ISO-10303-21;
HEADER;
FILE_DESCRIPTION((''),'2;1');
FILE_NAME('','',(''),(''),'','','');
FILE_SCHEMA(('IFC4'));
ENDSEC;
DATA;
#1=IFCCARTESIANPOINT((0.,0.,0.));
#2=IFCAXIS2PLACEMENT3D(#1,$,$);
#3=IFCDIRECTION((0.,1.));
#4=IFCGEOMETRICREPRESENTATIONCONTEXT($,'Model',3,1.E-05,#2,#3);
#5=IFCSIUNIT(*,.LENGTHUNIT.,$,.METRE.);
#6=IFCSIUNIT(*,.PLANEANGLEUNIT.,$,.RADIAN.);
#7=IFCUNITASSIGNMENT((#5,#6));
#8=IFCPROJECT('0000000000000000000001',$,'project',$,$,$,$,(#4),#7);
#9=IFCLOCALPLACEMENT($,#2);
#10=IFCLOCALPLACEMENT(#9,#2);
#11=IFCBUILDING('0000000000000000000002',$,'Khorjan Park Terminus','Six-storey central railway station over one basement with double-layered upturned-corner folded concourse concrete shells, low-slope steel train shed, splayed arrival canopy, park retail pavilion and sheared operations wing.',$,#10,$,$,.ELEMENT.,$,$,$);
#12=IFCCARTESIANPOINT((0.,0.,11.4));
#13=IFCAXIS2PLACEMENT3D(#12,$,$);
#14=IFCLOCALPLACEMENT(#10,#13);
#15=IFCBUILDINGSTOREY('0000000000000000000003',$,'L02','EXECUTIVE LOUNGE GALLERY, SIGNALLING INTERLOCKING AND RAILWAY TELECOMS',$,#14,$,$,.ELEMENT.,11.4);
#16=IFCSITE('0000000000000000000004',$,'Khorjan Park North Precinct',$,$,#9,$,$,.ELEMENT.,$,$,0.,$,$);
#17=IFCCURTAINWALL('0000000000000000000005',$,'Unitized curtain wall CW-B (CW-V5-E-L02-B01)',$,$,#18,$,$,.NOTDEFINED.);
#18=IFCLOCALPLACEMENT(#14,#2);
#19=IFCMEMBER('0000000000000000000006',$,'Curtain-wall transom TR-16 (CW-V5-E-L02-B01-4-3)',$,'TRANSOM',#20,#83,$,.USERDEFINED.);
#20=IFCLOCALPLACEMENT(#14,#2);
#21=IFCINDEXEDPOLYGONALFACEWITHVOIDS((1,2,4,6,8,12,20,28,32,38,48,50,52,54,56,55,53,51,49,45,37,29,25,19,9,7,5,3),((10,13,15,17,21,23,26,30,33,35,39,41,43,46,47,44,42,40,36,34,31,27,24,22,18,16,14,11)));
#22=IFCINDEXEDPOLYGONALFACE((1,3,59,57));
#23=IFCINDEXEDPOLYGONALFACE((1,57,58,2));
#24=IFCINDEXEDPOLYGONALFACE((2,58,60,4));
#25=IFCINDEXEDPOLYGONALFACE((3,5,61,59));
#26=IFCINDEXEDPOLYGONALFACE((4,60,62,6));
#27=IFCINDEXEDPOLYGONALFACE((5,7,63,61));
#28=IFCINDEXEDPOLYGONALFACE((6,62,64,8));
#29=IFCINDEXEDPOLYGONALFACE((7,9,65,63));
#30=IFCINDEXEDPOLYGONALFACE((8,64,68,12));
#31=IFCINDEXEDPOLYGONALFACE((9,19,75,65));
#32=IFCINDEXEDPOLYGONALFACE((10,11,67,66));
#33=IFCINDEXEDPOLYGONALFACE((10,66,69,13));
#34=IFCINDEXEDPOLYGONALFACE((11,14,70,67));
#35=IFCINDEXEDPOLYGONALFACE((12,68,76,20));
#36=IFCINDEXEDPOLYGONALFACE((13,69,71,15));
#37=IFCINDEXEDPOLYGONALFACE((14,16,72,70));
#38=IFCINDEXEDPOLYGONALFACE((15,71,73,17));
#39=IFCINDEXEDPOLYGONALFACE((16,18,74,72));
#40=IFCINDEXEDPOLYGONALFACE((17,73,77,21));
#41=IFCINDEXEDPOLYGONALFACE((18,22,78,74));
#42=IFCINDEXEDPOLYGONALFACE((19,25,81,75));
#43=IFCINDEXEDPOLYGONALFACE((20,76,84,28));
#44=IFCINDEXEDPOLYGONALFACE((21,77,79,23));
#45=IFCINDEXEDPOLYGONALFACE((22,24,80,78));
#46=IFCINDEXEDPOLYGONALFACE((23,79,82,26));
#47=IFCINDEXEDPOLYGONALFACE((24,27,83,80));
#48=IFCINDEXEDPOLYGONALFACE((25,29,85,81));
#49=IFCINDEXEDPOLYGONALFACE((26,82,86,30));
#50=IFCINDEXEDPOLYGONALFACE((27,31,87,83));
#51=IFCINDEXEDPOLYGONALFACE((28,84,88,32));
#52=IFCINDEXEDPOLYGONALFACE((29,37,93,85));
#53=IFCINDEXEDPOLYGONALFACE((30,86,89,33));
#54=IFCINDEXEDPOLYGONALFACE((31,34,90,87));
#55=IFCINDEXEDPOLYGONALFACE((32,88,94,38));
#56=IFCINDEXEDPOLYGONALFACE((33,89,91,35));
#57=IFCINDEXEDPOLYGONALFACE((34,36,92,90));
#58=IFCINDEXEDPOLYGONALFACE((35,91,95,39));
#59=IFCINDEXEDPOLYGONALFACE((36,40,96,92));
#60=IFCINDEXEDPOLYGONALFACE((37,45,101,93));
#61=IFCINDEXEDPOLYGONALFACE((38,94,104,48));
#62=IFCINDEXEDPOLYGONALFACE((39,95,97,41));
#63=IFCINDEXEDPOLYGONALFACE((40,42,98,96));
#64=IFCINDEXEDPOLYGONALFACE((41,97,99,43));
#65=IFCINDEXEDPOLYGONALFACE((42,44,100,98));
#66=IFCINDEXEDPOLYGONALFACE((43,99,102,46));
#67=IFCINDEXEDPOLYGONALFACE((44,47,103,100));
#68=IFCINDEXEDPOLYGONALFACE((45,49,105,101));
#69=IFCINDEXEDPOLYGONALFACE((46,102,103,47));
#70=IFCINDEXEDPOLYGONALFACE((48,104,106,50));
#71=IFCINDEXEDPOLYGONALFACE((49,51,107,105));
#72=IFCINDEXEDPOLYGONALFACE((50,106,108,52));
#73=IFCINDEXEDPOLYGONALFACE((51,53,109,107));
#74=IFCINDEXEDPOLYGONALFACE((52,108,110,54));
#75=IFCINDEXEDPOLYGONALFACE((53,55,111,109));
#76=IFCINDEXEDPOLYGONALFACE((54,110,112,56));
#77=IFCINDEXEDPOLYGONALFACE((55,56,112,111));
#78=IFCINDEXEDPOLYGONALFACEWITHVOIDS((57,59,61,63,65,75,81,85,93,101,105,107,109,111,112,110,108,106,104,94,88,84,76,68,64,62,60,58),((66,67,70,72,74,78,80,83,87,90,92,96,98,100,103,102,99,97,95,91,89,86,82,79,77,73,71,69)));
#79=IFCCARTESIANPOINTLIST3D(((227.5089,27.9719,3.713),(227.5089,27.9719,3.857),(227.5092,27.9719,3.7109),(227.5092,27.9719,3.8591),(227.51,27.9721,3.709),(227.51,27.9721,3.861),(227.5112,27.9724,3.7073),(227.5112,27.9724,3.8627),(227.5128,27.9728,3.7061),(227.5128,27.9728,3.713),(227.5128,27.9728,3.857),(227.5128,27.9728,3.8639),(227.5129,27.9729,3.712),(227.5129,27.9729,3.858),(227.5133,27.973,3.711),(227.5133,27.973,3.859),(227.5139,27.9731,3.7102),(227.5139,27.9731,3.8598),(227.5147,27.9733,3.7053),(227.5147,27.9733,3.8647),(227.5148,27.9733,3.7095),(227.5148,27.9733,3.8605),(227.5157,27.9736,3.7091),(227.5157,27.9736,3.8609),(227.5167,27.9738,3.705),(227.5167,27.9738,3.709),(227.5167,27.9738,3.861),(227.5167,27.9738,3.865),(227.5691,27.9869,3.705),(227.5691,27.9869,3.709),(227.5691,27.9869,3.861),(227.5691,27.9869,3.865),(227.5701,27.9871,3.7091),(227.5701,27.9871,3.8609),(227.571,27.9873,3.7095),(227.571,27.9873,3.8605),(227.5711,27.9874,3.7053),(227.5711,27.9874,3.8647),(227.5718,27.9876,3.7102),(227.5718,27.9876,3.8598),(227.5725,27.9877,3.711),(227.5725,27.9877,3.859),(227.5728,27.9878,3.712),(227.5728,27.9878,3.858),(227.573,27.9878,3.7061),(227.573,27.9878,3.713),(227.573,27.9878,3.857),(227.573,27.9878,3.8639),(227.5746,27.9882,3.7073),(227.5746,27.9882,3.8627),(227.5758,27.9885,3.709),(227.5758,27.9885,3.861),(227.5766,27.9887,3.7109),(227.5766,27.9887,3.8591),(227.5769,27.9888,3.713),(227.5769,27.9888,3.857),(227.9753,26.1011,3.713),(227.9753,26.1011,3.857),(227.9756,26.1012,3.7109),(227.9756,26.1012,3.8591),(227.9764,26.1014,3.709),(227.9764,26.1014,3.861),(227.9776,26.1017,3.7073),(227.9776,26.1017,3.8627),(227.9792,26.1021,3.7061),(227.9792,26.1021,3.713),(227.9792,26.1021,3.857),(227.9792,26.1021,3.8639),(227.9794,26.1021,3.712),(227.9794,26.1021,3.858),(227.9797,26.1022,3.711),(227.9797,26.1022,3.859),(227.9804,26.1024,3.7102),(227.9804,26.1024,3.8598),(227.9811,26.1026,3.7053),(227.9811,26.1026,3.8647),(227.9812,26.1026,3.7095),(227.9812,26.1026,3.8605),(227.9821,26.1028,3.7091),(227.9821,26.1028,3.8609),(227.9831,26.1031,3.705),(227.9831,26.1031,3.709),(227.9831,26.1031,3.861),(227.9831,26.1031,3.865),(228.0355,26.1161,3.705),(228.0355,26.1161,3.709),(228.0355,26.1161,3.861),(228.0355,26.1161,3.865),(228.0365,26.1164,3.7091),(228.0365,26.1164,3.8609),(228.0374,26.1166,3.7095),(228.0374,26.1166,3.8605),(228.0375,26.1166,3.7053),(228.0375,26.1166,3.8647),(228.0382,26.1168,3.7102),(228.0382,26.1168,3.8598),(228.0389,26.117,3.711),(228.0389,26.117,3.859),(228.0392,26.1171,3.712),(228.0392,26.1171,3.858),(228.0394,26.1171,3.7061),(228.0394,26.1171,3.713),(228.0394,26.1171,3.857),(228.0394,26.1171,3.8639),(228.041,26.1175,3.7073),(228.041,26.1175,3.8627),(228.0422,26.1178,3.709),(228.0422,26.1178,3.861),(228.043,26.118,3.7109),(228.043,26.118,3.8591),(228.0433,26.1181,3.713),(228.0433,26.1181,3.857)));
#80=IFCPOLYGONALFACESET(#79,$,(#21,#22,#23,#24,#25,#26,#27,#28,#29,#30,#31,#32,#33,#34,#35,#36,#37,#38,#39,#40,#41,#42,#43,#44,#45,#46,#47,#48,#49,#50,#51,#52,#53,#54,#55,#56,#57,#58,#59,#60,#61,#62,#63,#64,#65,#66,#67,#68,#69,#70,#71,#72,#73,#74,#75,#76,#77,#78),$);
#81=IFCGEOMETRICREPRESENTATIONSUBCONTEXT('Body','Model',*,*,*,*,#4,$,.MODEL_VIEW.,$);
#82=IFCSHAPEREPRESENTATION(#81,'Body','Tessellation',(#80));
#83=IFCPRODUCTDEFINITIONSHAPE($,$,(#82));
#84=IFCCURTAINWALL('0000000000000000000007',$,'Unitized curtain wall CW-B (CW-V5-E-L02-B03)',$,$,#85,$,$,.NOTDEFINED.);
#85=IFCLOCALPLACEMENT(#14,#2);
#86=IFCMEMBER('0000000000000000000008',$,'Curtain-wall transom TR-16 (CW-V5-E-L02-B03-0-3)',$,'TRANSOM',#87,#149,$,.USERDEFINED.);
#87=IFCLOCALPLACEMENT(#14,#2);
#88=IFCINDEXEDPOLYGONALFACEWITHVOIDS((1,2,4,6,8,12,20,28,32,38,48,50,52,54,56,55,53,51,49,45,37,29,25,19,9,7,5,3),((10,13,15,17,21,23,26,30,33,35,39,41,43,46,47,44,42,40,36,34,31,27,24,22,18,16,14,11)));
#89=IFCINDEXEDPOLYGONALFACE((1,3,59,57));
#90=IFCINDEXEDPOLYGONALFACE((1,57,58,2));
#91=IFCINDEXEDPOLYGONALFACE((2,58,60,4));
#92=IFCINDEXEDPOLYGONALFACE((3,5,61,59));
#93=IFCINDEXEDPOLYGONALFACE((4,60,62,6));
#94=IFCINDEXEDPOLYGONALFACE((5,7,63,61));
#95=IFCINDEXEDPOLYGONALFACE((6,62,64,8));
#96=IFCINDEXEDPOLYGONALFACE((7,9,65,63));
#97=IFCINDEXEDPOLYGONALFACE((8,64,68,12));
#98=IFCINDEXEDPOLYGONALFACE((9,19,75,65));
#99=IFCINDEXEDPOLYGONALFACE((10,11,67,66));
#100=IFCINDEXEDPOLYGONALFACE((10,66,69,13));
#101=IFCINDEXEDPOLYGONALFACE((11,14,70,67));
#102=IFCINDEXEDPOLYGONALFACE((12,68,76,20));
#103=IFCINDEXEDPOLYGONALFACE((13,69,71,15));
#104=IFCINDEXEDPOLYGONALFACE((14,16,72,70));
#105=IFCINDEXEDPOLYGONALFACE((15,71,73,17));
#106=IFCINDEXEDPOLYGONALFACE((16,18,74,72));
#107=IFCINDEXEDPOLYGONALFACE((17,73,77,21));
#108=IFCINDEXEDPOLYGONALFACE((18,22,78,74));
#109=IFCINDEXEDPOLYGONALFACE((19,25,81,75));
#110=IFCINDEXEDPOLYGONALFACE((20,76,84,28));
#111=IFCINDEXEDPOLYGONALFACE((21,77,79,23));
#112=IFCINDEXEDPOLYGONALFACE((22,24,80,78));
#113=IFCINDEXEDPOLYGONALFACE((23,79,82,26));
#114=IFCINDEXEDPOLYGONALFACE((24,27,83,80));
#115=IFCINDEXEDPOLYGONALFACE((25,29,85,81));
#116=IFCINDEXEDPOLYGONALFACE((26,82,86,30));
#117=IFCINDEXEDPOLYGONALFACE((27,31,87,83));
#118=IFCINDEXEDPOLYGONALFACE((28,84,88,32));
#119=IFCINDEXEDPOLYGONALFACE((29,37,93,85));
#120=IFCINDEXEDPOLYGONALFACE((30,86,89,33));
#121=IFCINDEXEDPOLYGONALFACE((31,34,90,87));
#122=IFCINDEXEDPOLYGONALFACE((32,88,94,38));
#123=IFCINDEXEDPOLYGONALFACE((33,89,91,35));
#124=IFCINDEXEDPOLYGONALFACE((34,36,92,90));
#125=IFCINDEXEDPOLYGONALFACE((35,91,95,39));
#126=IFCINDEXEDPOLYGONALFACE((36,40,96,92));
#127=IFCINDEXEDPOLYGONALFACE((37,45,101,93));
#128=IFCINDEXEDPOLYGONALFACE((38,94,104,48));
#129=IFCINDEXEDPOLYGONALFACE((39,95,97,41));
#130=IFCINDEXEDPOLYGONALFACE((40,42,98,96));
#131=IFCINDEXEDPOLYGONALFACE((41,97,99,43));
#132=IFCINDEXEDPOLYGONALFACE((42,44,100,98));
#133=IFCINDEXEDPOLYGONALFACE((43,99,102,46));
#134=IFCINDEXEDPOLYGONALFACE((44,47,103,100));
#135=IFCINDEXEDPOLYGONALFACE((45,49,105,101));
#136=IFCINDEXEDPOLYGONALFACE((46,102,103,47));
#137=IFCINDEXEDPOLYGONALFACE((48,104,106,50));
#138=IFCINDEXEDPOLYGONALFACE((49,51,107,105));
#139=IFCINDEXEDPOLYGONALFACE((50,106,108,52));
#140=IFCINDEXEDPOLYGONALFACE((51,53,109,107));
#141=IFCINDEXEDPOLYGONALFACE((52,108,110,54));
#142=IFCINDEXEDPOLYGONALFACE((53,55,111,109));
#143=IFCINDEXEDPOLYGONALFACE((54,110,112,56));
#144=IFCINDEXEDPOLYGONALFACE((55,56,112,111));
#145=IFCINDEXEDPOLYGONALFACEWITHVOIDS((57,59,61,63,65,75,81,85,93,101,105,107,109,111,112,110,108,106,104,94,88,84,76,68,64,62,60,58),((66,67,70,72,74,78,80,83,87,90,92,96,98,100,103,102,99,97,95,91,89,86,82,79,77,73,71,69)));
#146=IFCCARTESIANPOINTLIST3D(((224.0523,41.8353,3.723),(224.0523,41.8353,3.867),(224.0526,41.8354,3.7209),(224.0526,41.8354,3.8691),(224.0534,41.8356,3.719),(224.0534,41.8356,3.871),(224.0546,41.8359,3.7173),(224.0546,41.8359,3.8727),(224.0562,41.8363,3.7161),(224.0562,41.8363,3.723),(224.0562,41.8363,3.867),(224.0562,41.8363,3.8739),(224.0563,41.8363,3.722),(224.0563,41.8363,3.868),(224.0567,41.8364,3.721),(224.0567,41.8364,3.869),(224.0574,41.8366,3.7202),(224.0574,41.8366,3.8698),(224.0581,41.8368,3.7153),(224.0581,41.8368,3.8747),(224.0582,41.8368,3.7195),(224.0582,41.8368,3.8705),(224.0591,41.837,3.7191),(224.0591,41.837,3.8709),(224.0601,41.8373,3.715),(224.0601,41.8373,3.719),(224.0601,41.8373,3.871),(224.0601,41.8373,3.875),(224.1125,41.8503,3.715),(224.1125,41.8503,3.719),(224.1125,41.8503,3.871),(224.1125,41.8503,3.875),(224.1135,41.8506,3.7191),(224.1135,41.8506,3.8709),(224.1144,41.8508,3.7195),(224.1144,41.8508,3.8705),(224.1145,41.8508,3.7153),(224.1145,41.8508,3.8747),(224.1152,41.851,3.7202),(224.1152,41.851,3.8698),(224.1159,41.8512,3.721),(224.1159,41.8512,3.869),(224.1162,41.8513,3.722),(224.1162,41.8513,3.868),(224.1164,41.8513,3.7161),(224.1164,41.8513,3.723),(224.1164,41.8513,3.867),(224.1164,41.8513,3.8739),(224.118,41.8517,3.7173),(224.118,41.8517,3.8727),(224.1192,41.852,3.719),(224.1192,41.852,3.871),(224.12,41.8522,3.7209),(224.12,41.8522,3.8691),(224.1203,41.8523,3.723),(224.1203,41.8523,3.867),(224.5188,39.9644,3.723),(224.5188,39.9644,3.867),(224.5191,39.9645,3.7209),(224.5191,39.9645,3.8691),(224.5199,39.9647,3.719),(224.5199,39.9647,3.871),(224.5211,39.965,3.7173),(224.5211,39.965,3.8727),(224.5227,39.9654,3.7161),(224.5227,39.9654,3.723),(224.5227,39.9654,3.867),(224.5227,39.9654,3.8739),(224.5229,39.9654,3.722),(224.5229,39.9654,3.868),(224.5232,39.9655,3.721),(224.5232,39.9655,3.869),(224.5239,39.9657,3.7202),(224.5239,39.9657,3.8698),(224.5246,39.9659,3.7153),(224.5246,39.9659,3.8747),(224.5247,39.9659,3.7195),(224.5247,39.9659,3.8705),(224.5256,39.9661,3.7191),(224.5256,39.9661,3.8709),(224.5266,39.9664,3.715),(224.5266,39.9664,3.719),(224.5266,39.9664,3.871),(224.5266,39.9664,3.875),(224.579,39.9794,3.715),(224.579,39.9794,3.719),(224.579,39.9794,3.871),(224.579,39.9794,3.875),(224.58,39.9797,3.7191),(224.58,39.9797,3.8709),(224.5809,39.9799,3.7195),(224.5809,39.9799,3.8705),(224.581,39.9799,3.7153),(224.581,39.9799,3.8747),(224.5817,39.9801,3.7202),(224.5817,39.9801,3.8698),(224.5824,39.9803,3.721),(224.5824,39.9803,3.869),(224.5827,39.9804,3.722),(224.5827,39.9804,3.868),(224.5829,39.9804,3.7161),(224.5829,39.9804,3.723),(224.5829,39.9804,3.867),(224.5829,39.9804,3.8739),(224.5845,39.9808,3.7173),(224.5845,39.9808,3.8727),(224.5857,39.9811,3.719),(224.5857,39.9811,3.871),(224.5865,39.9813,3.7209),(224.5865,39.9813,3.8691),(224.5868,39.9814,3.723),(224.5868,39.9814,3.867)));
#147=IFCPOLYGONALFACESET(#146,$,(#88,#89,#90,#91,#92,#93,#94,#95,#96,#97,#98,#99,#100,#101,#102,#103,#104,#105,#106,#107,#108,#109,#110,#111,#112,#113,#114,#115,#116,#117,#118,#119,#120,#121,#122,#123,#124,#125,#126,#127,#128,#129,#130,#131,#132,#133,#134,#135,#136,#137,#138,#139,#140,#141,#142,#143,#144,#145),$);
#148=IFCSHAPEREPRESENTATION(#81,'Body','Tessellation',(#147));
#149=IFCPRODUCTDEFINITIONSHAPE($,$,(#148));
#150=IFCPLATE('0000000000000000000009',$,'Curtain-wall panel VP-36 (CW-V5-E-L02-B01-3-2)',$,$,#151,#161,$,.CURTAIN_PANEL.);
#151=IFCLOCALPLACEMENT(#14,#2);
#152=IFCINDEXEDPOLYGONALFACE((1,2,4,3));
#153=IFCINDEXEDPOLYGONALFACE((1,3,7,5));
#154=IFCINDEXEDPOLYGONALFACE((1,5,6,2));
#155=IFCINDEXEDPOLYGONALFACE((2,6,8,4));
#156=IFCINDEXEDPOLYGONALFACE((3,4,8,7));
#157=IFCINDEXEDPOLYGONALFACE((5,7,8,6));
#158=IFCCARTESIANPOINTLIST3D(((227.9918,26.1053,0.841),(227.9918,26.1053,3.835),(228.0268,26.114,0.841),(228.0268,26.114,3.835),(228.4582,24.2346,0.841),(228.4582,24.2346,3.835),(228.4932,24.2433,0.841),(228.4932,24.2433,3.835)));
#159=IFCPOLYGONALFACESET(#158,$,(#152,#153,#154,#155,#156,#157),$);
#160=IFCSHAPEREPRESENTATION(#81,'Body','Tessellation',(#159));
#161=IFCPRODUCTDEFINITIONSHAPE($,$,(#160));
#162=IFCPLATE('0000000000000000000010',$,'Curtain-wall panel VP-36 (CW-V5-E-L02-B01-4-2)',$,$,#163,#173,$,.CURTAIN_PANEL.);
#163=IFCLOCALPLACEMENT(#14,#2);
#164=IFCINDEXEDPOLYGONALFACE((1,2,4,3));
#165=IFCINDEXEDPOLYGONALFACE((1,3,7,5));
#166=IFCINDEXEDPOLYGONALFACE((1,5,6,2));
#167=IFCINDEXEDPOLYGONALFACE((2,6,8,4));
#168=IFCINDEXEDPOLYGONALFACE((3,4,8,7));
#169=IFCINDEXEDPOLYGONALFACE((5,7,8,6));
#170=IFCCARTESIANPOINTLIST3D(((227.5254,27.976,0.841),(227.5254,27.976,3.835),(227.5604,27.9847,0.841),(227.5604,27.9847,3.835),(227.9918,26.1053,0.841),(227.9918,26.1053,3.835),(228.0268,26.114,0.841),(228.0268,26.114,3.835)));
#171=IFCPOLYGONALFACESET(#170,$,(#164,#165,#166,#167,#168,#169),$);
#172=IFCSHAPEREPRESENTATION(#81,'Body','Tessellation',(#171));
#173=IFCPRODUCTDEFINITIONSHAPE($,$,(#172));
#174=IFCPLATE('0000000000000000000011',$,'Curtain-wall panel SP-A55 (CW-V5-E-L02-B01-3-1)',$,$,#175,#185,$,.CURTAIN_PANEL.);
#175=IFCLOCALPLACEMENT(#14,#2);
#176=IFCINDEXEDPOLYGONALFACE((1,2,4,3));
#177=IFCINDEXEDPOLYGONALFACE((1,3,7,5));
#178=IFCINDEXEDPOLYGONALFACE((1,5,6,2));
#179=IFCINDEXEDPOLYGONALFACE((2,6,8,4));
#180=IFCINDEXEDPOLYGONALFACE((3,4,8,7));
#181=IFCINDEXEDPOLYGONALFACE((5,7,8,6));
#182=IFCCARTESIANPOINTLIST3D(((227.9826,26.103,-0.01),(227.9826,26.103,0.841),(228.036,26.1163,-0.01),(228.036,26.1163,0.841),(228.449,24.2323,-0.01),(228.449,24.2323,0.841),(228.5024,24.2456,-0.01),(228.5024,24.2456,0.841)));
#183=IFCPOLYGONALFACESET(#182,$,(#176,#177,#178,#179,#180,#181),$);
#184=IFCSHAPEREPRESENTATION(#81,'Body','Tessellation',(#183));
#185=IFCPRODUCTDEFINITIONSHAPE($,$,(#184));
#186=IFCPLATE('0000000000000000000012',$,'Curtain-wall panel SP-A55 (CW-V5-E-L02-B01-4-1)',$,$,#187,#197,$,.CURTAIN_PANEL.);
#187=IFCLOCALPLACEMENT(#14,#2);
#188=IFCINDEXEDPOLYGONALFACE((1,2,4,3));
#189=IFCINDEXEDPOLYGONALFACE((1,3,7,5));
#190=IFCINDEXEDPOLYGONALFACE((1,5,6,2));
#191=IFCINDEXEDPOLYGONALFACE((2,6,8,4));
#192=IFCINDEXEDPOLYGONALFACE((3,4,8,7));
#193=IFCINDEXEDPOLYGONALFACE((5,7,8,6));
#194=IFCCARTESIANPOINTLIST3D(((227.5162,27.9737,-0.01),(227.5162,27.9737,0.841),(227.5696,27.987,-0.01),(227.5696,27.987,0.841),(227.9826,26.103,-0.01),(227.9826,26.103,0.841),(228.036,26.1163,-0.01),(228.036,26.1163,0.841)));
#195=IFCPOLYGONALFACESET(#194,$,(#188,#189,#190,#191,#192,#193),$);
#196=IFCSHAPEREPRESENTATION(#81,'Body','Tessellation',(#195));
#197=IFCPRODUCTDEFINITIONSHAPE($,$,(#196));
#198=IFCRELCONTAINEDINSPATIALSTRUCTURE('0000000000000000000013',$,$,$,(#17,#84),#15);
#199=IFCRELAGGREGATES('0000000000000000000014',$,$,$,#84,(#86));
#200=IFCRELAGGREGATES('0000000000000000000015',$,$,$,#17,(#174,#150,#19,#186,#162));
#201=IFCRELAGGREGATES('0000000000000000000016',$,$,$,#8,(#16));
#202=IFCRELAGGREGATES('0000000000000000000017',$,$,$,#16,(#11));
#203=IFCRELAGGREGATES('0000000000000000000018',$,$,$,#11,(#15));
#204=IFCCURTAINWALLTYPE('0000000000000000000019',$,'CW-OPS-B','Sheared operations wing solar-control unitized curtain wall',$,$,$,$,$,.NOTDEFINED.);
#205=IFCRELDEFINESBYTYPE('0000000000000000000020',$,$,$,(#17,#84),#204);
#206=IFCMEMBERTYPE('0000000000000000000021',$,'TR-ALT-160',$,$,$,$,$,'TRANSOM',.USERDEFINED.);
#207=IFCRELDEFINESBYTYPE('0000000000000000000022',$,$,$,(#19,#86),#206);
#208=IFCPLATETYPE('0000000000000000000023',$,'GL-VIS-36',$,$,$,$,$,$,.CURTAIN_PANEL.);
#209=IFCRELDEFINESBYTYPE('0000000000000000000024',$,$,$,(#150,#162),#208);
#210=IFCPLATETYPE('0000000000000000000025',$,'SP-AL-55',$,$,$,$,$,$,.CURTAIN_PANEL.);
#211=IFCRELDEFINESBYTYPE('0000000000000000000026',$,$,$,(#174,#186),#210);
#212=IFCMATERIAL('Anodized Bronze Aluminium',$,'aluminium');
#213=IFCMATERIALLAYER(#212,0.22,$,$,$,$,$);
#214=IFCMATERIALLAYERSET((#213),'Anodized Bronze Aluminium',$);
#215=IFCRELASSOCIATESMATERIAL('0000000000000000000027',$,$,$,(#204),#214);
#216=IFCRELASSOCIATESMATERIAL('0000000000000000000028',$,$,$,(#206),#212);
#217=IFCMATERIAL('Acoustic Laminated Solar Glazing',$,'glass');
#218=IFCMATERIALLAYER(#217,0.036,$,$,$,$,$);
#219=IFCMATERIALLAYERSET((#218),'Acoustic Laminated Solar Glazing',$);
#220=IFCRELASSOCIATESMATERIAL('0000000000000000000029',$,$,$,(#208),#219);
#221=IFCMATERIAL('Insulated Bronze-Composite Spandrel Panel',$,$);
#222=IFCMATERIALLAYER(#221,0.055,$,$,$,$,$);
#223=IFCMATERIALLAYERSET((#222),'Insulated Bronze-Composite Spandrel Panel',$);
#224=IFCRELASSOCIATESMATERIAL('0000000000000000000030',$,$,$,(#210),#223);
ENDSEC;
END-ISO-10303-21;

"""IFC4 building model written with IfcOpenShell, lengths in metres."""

from ifc_helpers import new_model, si_unit, direction, frame, origin, origin_2d, place, context, subcontext, project, spatial, rectangle, hollow_rectangle, extrude, material, layer, layer_set, material_profile, profile_set, type_object, element, aggregate, save


model = new_model("IFC4")

# Units and contexts
model_context = context("Model", 3, precision=1e-05, world=origin(), true_north=direction((0.0, 1.0)))
body_context = subcontext(model_context, "Body", "Model", "MODEL_VIEW")
ifc_project = project(units=[si_unit("LENGTHUNIT", "METRE"), si_unit("PLANEANGLEUNIT", "RADIAN")], contexts=[model_context])

# Site, building, storey
site_placement = place(None, origin())
site = spatial("IfcSite", under=ifc_project, at=site_placement, Name="Khorjan Park North Precinct", CompositionType="ELEMENT", RefElevation=0.0)
building_placement = place(site_placement, origin())
building = spatial("IfcBuilding", under=site, at=building_placement, Name="Khorjan Park Terminus", Description="Six-storey central railway station over one basement with double-layered upturned-corner folded concourse concrete shells, low-slope steel train shed, splayed arrival canopy, park retail pavilion and sheared operations wing.", CompositionType="ELEMENT")
storey_placement = place(building_placement, frame((0.0, 0.0, 11.4)))
storey = spatial("IfcBuildingStorey", under=building, at=storey_placement, Name="L02", Description="EXECUTIVE LOUNGE GALLERY, SIGNALLING INTERLOCKING AND RAILWAY TELECOMS", CompositionType="ELEMENT", Elevation=11.4)

# Curtain wall, member
ifc_material_1 = material(Name="Anodized Bronze Aluminium", Category="aluminium")
ifc_layer_1 = layer(ifc_material_1, 0.22)
ifc_layer_set_1 = layer_set([ifc_layer_1], Name="Anodized Bronze Aluminium")
curtain_wall_type = type_object("IfcCurtainWallType", Name="CW-OPS-B", Description="Sheared operations wing solar-control unitized curtain wall", PredefinedType="NOTDEFINED", material=ifc_layer_set_1)
curtain_wall_1_placement = place(storey_placement, origin())
curtain_wall_1 = element("IfcCurtainWall", 1, at=curtain_wall_1_placement, inside=storey, type_object=curtain_wall_type, Name="Unitized curtain wall CW-B (CW-V5-E-L02-B01)", PredefinedType="NOTDEFINED")
ifc_material_profile_1 = material_profile(ifc_material_1, hollow_rectangle(XDim=0.07, YDim=0.16, WallThickness=0.004, InnerFilletRadius=0.004, OuterFilletRadius=0.008, at=origin_2d()), Name="ALT 70x160x4")
ifc_profile_set_1 = profile_set([ifc_material_profile_1], Name="Anodized Bronze Aluminium")
member_type_1 = type_object("IfcMemberType", Name="TR-ALT-160", ElementType="TRANSOM", PredefinedType="USERDEFINED", material=ifc_profile_set_1)
member_1_placement = place(storey_placement, frame((228.0093, 26.1096, 3.785), z_axis=(-0.241913, 0.970298, 0.0), x_axis=(-0.970298, -0.241913, 0.0)))
member_1 = element("IfcMember", 2, at=member_1_placement, type_object=member_type_1, Name="Curtain-wall transom TR-16 (CW-V5-E-L02-B01-4-3)", ObjectType="TRANSOM", PredefinedType="USERDEFINED", context=body_context, shape_type="SweptSolid", body=[
    extrude(hollow_rectangle(XDim=0.07, YDim=0.16, WallThickness=0.004, InnerFilletRadius=0.004, OuterFilletRadius=0.008, at=origin_2d()), origin(), (0.0, 0.0, 1.0), 1.928),
])

# Curtain wall, member
curtain_wall_2_placement = place(storey_placement, origin())
curtain_wall_2 = element("IfcCurtainWall", 3, at=curtain_wall_2_placement, inside=storey, type_object=curtain_wall_type, Name="Unitized curtain wall CW-B (CW-V5-E-L02-B03)", PredefinedType="NOTDEFINED")
member_2_placement = place(storey_placement, frame((224.5528, 39.9729, 3.795), z_axis=(-0.241938, 0.970292, 0.0), x_axis=(-0.970292, -0.241938, 0.0)))
member_2 = element("IfcMember", 4, at=member_2_placement, type_object=member_type_1, Name="Curtain-wall transom TR-16 (CW-V5-E-L02-B03-0-3)", ObjectType="TRANSOM", PredefinedType="USERDEFINED", context=body_context, shape_type="SweptSolid", body=[
    extrude(hollow_rectangle(XDim=0.07, YDim=0.16, WallThickness=0.004, InnerFilletRadius=0.004, OuterFilletRadius=0.008, at=origin_2d()), origin(), (0.0, 0.0, 1.0), 1.9282),
])
aggregate(curtain_wall_2, [member_2])

# Plates
ifc_material_2 = material(Name="Acoustic Laminated Solar Glazing", Category="glass")
ifc_layer_2 = layer(ifc_material_2, 0.036)
ifc_layer_set_2 = layer_set([ifc_layer_2], Name="Acoustic Laminated Solar Glazing")
plate_type_1 = type_object("IfcPlateType", Name="GL-VIS-36", PredefinedType="CURTAIN_PANEL", material=ifc_layer_set_2)
plate_1_placement = place(storey_placement, frame((228.2425, 25.1743, 0.841), z_axis=(0.0, 0.0, 1.0), x_axis=(-0.24192, 0.970296, 0.0)))
plate_1 = element("IfcPlate", 5, at=plate_1_placement, type_object=plate_type_1, Name="Curtain-wall panel VP-36 (CW-V5-E-L02-B01-3-2)", PredefinedType="CURTAIN_PANEL", context=body_context, shape_type="SweptSolid", body=[
    extrude(rectangle(XDim=1.928, YDim=0.036, at=origin_2d()), origin(), (0.0, 0.0, 1.0), 2.994),
])
plate_2_placement = place(storey_placement, frame((227.7761, 27.045, 0.841), z_axis=(0.0, 0.0, 1.0), x_axis=(-0.24192, 0.970296, 0.0)))
plate_2 = element("IfcPlate", 6, at=plate_2_placement, type_object=plate_type_1, Name="Curtain-wall panel VP-36 (CW-V5-E-L02-B01-4-2)", PredefinedType="CURTAIN_PANEL", context=body_context, shape_type="SweptSolid", body=[
    extrude(rectangle(XDim=1.928, YDim=0.036, at=origin_2d()), origin(), (0.0, 0.0, 1.0), 2.994),
])
ifc_material_3 = material(Name="Insulated Bronze-Composite Spandrel Panel")
ifc_layer_3 = layer(ifc_material_3, 0.055)
ifc_layer_set_3 = layer_set([ifc_layer_3], Name="Insulated Bronze-Composite Spandrel Panel")
plate_type_2 = type_object("IfcPlateType", Name="SP-AL-55", PredefinedType="CURTAIN_PANEL", material=ifc_layer_set_3)
plate_3_placement = place(storey_placement, frame((228.2425, 25.1743, -0.01), z_axis=(0.0, 0.0, 1.0), x_axis=(-0.24192, 0.970296, 0.0)))
plate_3 = element("IfcPlate", 7, at=plate_3_placement, type_object=plate_type_2, Name="Curtain-wall panel SP-A55 (CW-V5-E-L02-B01-3-1)", PredefinedType="CURTAIN_PANEL", context=body_context, shape_type="SweptSolid", body=[
    extrude(rectangle(XDim=1.928, YDim=0.055, at=origin_2d()), origin(), (0.0, 0.0, 1.0), 0.851),
])
plate_4_placement = place(storey_placement, frame((227.7761, 27.045, -0.01), z_axis=(0.0, 0.0, 1.0), x_axis=(-0.24192, 0.970296, 0.0)))
plate_4 = element("IfcPlate", 8, at=plate_4_placement, type_object=plate_type_2, Name="Curtain-wall panel SP-A55 (CW-V5-E-L02-B01-4-1)", PredefinedType="CURTAIN_PANEL", context=body_context, shape_type="SweptSolid", body=[
    extrude(rectangle(XDim=1.928, YDim=0.055, at=origin_2d()), origin(), (0.0, 0.0, 1.0), 0.851),
])
aggregate(curtain_wall_1, [plate_3, plate_1, member_1, plate_4, plate_2])

save(model, "model.ifc")
